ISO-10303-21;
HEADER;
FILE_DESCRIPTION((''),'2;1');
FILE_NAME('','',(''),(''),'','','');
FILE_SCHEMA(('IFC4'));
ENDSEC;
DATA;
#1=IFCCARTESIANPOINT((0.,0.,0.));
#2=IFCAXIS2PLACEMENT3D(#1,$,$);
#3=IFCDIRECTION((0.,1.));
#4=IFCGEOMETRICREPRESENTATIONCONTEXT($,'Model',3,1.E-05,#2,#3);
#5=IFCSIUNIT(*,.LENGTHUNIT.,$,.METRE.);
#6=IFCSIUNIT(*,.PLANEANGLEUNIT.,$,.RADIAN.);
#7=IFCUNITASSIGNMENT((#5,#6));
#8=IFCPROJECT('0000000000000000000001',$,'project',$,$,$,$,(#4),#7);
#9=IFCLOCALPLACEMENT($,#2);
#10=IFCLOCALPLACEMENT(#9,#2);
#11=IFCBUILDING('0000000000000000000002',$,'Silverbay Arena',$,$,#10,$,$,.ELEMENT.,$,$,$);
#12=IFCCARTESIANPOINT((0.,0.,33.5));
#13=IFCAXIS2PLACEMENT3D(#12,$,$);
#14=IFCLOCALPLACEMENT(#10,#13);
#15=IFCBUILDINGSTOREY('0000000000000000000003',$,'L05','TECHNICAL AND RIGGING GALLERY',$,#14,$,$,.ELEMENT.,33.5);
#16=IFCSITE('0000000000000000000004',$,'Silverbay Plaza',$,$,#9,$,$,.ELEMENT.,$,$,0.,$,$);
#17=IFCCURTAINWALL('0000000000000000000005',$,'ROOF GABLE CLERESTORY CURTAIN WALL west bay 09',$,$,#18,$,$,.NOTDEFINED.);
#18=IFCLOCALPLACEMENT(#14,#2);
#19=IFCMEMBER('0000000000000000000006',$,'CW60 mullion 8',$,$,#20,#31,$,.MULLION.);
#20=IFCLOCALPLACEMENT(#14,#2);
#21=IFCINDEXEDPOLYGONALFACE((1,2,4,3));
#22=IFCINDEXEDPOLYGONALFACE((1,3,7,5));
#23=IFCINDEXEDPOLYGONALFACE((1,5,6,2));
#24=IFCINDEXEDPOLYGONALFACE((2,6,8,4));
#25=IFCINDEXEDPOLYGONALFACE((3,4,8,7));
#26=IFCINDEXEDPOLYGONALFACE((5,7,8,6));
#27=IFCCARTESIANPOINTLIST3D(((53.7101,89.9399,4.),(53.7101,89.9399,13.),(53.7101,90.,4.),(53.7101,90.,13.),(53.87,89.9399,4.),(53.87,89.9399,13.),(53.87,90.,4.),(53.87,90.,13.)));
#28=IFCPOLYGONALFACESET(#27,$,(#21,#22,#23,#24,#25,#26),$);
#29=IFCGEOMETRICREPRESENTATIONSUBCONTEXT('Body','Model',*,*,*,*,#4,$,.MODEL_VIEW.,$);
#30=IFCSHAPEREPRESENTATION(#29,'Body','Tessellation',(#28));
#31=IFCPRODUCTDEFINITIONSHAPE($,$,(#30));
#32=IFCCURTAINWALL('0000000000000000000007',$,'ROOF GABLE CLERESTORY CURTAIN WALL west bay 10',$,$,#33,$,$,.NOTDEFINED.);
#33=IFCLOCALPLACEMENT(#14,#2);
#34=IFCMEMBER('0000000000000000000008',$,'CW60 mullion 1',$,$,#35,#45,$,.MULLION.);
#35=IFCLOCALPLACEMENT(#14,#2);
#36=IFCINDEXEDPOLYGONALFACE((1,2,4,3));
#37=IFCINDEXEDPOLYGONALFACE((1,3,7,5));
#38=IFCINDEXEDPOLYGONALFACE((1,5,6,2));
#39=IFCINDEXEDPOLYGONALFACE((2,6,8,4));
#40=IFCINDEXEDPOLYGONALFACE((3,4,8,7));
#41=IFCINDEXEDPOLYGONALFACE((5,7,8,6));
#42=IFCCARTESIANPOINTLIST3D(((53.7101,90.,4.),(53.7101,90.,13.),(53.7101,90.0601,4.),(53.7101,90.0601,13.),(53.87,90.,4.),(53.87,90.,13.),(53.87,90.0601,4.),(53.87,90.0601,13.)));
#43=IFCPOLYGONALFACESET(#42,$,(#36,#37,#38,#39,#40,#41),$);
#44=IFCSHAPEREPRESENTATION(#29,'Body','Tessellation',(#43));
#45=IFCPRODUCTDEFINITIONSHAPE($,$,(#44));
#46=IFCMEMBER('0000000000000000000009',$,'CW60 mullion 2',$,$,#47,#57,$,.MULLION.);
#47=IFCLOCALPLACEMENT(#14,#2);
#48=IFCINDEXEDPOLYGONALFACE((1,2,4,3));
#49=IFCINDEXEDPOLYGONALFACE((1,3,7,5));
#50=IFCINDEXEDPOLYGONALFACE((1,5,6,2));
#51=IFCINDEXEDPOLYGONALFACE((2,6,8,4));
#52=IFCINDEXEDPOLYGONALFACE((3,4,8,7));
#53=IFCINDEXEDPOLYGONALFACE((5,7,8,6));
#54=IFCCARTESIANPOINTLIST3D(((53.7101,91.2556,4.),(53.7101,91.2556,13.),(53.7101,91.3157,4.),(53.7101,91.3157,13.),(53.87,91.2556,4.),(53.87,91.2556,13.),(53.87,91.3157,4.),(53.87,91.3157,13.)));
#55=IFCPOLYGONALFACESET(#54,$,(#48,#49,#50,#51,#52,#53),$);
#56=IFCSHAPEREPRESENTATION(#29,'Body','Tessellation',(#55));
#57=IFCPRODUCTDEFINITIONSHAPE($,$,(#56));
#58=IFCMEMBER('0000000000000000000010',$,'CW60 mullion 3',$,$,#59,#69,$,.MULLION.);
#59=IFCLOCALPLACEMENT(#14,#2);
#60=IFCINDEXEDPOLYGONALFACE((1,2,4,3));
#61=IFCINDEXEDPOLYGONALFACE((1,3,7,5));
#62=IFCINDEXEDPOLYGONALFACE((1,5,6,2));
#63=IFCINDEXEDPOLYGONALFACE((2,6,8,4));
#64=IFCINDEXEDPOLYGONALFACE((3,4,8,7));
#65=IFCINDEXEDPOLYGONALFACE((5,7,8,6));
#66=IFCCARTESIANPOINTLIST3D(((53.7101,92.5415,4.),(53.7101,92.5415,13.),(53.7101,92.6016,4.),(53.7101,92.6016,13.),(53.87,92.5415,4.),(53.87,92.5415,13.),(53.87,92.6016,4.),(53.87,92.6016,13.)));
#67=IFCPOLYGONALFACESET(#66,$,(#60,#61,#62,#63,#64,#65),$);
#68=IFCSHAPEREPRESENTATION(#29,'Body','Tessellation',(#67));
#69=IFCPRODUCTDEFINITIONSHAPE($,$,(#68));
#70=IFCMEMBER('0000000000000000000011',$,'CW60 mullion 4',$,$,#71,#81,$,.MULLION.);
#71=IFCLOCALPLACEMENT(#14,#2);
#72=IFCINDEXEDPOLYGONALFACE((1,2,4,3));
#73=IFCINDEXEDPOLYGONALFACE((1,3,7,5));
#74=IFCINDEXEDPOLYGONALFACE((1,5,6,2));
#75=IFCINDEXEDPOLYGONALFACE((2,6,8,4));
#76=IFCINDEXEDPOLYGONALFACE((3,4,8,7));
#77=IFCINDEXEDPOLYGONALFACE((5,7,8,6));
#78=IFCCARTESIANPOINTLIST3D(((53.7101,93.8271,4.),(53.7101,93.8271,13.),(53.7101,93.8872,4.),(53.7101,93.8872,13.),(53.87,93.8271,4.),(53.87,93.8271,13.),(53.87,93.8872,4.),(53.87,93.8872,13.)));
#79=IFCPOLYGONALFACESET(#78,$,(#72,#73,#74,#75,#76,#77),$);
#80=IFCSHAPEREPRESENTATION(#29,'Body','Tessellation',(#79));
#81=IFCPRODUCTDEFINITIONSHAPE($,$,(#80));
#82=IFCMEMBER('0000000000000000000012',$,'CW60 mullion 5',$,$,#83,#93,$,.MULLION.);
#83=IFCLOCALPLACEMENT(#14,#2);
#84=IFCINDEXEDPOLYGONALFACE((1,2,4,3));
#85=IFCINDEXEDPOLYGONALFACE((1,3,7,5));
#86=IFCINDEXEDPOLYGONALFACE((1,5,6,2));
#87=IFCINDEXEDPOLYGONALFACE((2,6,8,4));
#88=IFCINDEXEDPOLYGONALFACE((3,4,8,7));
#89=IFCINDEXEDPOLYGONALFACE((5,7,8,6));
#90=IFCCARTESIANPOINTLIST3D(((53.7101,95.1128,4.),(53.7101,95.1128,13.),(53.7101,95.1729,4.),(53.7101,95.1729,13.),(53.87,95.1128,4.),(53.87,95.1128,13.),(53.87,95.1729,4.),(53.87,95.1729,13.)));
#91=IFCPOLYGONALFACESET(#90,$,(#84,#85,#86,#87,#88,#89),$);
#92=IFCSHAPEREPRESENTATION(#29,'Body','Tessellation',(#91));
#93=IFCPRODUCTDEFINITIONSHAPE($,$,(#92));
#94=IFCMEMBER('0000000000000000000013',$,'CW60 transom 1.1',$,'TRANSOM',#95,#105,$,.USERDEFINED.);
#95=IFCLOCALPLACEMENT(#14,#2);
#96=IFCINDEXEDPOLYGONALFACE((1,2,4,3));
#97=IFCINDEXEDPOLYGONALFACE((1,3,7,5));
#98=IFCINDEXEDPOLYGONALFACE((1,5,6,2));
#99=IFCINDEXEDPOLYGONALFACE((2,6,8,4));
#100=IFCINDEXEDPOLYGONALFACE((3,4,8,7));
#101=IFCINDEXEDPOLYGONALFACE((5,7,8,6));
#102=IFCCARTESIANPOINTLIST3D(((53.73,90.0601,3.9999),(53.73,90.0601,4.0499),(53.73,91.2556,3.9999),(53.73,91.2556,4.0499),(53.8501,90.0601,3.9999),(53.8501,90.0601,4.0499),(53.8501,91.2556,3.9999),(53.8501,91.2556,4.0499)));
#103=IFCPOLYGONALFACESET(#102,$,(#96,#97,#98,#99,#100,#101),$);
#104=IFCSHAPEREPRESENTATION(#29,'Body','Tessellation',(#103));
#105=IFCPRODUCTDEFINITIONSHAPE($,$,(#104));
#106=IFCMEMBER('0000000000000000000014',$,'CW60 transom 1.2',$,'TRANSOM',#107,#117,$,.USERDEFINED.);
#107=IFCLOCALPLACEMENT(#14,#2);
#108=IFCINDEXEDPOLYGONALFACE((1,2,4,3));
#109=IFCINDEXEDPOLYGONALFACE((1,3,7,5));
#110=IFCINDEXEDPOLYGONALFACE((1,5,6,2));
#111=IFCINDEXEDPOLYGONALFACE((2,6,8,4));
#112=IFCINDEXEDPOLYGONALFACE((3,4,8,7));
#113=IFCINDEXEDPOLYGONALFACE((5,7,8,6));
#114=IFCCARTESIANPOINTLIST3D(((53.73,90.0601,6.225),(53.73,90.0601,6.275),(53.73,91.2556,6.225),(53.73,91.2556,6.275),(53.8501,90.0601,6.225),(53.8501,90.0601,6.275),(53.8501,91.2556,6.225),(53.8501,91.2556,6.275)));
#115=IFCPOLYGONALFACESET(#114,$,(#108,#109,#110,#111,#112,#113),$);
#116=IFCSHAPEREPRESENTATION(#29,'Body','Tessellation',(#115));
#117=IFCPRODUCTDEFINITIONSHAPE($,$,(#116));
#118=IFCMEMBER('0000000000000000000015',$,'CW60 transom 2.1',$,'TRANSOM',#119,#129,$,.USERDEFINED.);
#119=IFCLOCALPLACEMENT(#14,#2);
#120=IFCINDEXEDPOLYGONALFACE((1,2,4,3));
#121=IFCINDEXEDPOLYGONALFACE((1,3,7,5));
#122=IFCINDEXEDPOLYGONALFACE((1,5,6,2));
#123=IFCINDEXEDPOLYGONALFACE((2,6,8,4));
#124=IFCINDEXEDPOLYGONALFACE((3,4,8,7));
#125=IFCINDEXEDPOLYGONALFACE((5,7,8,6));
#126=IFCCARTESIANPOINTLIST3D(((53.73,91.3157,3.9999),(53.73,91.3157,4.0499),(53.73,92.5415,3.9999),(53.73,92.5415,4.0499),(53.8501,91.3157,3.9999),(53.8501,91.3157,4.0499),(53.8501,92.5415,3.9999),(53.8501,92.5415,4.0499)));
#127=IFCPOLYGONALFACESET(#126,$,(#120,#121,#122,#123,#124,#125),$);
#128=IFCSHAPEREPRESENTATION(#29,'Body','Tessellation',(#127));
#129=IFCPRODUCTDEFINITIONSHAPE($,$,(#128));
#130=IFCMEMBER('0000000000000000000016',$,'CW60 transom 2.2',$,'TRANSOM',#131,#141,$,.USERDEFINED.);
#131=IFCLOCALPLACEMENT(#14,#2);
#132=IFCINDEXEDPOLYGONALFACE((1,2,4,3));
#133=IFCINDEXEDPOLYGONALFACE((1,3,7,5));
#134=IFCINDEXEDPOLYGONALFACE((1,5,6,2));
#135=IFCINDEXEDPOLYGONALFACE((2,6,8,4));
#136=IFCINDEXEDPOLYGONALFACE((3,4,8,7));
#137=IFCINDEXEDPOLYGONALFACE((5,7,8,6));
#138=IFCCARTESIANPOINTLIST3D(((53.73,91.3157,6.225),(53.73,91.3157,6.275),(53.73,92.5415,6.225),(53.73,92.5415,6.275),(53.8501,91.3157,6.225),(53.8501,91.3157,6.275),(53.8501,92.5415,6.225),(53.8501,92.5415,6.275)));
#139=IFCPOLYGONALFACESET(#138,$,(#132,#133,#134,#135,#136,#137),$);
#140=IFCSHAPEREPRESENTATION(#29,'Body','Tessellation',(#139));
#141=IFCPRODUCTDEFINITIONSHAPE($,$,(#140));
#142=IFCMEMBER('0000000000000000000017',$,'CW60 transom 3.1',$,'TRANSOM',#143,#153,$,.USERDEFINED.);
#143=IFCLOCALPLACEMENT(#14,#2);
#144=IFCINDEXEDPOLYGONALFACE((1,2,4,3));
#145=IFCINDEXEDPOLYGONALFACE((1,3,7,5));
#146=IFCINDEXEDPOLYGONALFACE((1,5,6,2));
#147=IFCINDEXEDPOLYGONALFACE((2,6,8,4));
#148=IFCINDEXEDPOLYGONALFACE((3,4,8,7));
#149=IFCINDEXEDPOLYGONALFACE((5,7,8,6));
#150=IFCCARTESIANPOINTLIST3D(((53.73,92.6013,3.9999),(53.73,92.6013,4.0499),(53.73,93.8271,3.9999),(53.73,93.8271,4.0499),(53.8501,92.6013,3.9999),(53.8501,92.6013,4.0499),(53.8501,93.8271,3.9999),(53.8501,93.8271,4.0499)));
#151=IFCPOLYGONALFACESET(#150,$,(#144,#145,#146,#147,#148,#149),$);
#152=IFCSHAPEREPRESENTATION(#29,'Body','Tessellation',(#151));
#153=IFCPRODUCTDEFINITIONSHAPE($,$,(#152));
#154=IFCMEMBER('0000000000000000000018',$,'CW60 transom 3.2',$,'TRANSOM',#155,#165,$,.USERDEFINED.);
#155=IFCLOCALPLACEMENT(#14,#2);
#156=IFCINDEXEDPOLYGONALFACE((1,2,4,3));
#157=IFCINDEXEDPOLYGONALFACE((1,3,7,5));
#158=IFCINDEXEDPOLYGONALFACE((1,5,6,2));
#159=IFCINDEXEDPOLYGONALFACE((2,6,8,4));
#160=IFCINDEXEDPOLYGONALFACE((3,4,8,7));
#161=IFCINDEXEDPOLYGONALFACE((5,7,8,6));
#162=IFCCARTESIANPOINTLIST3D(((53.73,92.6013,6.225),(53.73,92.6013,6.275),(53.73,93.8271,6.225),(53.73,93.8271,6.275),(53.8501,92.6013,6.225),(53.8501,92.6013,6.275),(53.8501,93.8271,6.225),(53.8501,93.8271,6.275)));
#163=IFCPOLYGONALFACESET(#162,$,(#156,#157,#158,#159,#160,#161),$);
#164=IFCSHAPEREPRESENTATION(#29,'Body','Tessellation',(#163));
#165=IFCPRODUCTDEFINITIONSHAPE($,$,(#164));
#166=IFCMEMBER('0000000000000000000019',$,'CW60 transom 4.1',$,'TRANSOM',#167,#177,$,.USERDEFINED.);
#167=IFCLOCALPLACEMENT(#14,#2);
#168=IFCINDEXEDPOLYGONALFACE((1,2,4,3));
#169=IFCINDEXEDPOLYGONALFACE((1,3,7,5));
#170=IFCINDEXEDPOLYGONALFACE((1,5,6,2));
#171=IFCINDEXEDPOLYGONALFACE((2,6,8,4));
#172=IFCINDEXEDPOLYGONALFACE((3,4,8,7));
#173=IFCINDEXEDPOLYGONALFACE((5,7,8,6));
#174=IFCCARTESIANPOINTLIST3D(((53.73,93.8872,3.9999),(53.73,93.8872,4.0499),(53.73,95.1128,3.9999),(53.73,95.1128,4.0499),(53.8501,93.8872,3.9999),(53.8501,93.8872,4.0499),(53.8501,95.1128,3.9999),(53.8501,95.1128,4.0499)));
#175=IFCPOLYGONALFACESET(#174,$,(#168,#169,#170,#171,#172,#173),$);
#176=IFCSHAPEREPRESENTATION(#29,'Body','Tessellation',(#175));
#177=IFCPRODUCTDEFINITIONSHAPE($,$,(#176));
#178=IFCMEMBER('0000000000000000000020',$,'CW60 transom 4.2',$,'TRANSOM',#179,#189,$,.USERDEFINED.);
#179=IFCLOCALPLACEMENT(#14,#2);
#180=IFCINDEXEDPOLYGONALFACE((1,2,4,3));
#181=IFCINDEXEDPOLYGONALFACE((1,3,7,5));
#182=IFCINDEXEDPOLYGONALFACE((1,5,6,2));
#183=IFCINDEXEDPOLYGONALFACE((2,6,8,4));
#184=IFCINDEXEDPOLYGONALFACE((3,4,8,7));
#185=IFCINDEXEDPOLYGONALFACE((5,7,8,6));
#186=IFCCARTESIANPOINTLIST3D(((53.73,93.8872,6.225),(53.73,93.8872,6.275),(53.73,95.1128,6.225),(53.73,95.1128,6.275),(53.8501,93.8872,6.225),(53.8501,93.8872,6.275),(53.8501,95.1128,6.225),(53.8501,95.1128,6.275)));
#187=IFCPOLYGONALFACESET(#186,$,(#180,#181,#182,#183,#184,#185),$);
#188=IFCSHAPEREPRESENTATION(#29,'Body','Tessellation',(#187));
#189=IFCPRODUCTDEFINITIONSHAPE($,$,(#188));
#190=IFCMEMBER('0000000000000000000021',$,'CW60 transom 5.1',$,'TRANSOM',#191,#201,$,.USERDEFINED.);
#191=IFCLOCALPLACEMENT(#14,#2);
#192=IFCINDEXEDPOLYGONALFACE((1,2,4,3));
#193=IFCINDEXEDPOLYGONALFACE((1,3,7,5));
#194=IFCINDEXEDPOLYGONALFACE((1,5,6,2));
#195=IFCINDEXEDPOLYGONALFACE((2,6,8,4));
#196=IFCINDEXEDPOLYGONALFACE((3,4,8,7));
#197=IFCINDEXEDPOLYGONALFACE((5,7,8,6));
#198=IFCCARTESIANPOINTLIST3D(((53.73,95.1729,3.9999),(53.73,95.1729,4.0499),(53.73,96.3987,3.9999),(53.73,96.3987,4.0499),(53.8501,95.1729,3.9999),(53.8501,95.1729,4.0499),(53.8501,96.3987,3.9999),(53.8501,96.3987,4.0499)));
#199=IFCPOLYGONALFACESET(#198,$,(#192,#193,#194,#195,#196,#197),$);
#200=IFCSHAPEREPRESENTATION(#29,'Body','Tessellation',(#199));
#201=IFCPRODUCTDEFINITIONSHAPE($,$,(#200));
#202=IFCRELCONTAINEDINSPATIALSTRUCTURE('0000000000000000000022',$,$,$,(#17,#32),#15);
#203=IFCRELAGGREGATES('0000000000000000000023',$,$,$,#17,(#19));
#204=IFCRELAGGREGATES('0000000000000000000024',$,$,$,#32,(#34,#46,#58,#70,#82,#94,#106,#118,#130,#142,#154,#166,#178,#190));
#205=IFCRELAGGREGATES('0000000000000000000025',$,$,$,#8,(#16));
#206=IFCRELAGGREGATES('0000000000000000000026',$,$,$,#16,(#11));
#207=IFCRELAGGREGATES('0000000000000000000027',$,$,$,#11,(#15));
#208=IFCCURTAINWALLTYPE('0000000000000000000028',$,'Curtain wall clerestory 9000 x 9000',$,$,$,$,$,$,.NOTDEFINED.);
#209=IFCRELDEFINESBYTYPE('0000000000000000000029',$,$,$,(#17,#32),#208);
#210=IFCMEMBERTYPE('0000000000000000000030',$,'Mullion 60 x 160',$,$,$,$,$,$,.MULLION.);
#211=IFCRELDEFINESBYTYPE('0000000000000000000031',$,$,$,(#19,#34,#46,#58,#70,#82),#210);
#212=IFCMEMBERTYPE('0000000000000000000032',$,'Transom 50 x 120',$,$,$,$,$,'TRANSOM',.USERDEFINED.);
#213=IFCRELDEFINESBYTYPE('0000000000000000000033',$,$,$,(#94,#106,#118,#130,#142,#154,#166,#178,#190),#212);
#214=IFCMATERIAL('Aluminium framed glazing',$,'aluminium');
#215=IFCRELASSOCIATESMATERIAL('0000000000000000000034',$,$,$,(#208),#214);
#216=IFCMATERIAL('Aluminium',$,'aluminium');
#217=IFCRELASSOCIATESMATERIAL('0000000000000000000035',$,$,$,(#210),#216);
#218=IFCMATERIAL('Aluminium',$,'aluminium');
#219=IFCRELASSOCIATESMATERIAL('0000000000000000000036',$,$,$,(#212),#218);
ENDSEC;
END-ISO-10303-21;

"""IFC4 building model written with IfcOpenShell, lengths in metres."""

from ifc_helpers import new_model, si_unit, direction, frame, origin, origin_2d, place, context, subcontext, project, spatial, rectangle, extrude, material, material_profile, profile_set, type_object, element, aggregate, save


model = new_model("IFC4")

# Units and contexts
model_context = context("Model", 3, precision=1e-05, world=origin(), true_north=direction((0.0, 1.0)))
body_context = subcontext(model_context, "Body", "Model", "MODEL_VIEW")
ifc_project = project(units=[si_unit("LENGTHUNIT", "METRE"), si_unit("PLANEANGLEUNIT", "RADIAN")], contexts=[model_context])

# Site, building, storey
site_placement = place(None, origin())
site = spatial("IfcSite", under=ifc_project, at=site_placement, Name="Silverbay Plaza", CompositionType="ELEMENT", RefElevation=0.0)
building_placement = place(site_placement, origin())
building = spatial("IfcBuilding", under=site, at=building_placement, Name="Silverbay Arena", CompositionType="ELEMENT")
storey_placement = place(building_placement, frame((0.0, 0.0, 33.5)))
storey = spatial("IfcBuildingStorey", under=building, at=storey_placement, Name="L05", Description="TECHNICAL AND RIGGING GALLERY", CompositionType="ELEMENT", Elevation=33.5)

# Curtain wall, member
ifc_material_1 = material(Name="Aluminium framed glazing", Category="aluminium")
curtain_wall_type = type_object("IfcCurtainWallType", Name="Curtain wall clerestory 9000 x 9000", PredefinedType="NOTDEFINED", material=ifc_material_1)
curtain_wall_1_placement = place(storey_placement, origin())
curtain_wall_1 = element("IfcCurtainWall", 1, at=curtain_wall_1_placement, inside=storey, type_object=curtain_wall_type, Name="ROOF GABLE CLERESTORY CURTAIN WALL west bay 09", PredefinedType="NOTDEFINED")
ifc_material_2 = material(Name="Aluminium", Category="aluminium")
ifc_material_profile_1 = material_profile(ifc_material_2, rectangle(XDim=0.1599, YDim=0.0601, at=origin_2d()), Name="Mullion 60 x 160")
ifc_profile_set_1 = profile_set([ifc_material_profile_1], Name="Aluminium")
member_type_1 = type_object("IfcMemberType", Name="Mullion 60 x 160", PredefinedType="MULLION", material=ifc_profile_set_1)
member_1_placement = place(storey_placement, frame((53.79, 89.97, 4.0), z_axis=(0.0, 0.0, 1.0), x_axis=(-1.0, 0.0, 0.0)))
member_1 = element("IfcMember", 2, at=member_1_placement, type_object=member_type_1, Name="CW60 mullion 8", PredefinedType="MULLION", context=body_context, shape_type="SweptSolid", body=[
    extrude(rectangle(XDim=0.1599, YDim=0.0601, at=origin_2d()), origin(), (0.0, 0.0, 1.0), 9.0),
])

# Curtain wall, members
curtain_wall_2_placement = place(storey_placement, origin())
curtain_wall_2 = element("IfcCurtainWall", 3, at=curtain_wall_2_placement, inside=storey, type_object=curtain_wall_type, Name="ROOF GABLE CLERESTORY CURTAIN WALL west bay 10", PredefinedType="NOTDEFINED")
member_2_placement = place(storey_placement, frame((53.79, 90.03, 4.0), z_axis=(0.0, 0.0, 1.0), x_axis=(-1.0, 0.0, 0.0)))
member_2 = element("IfcMember", 4, at=member_2_placement, type_object=member_type_1, Name="CW60 mullion 1", PredefinedType="MULLION", context=body_context, shape_type="SweptSolid", body=[
    extrude(rectangle(XDim=0.1599, YDim=0.0601, at=origin_2d()), origin(), (0.0, 0.0, 1.0), 9.0),
])
member_3_placement = place(storey_placement, frame((53.79, 91.2856, 4.0), z_axis=(0.0, 0.0, 1.0), x_axis=(-1.0, 0.0, 0.0)))
member_3 = element("IfcMember", 5, at=member_3_placement, type_object=member_type_1, Name="CW60 mullion 2", PredefinedType="MULLION", context=body_context, shape_type="SweptSolid", body=[
    extrude(rectangle(XDim=0.1599, YDim=0.0601, at=origin_2d()), origin(), (0.0, 0.0, 1.0), 9.0),
])
member_4_placement = place(storey_placement, frame((53.79, 92.5715, 4.0), z_axis=(0.0, 0.0, 1.0), x_axis=(-1.0, 0.0, 0.0)))
member_4 = element("IfcMember", 6, at=member_4_placement, type_object=member_type_1, Name="CW60 mullion 3", PredefinedType="MULLION", context=body_context, shape_type="SweptSolid", body=[
    extrude(rectangle(XDim=0.1599, YDim=0.0601, at=origin_2d()), origin(), (0.0, 0.0, 1.0), 9.0),
])
member_5_placement = place(storey_placement, frame((53.79, 93.8572, 4.0), z_axis=(0.0, 0.0, 1.0), x_axis=(-1.0, 0.0, 0.0)))
member_5 = element("IfcMember", 7, at=member_5_placement, type_object=member_type_1, Name="CW60 mullion 4", PredefinedType="MULLION", context=body_context, shape_type="SweptSolid", body=[
    extrude(rectangle(XDim=0.1599, YDim=0.0601, at=origin_2d()), origin(), (0.0, 0.0, 1.0), 9.0),
])
member_6_placement = place(storey_placement, frame((53.79, 95.1428, 4.0), z_axis=(0.0, 0.0, 1.0), x_axis=(-1.0, 0.0, 0.0)))
member_6 = element("IfcMember", 8, at=member_6_placement, type_object=member_type_1, Name="CW60 mullion 5", PredefinedType="MULLION", context=body_context, shape_type="SweptSolid", body=[
    extrude(rectangle(XDim=0.1599, YDim=0.0601, at=origin_2d()), origin(), (0.0, 0.0, 1.0), 9.0),
])
ifc_material_3 = material(Name="Aluminium", Category="aluminium")
ifc_material_profile_2 = material_profile(ifc_material_3, rectangle(XDim=0.1201, YDim=0.05, at=origin_2d()), Name="Transom 50 x 120")
ifc_profile_set_2 = profile_set([ifc_material_profile_2], Name="Aluminium")
member_type_2 = type_object("IfcMemberType", Name="Transom 50 x 120", ElementType="TRANSOM", PredefinedType="USERDEFINED", material=ifc_profile_set_2)
member_7_placement = place(storey_placement, frame((53.79, 90.0601, 4.0249), z_axis=(0.0, 1.0, 0.0), x_axis=(-1.0, 0.0, 0.0)))
member_7 = element("IfcMember", 9, at=member_7_placement, type_object=member_type_2, Name="CW60 transom 1.1", ObjectType="TRANSOM", PredefinedType="USERDEFINED", context=body_context, shape_type="SweptSolid", body=[
    extrude(rectangle(XDim=0.1201, YDim=0.05, at=origin_2d()), origin(), (0.0, 0.0, 1.0), 1.1956),
])
member_8_placement = place(storey_placement, frame((53.79, 90.0601, 6.25), z_axis=(0.0, 1.0, 0.0), x_axis=(-1.0, 0.0, 0.0)))
member_8 = element("IfcMember", 10, at=member_8_placement, type_object=member_type_2, Name="CW60 transom 1.2", ObjectType="TRANSOM", PredefinedType="USERDEFINED", context=body_context, shape_type="SweptSolid", body=[
    extrude(rectangle(XDim=0.1201, YDim=0.05, at=origin_2d()), origin(), (0.0, 0.0, 1.0), 1.1956),
])
member_9_placement = place(storey_placement, frame((53.79, 91.3157, 4.0249), z_axis=(0.0, 1.0, 0.0), x_axis=(-1.0, 0.0, 0.0)))
member_9 = element("IfcMember", 11, at=member_9_placement, type_object=member_type_2, Name="CW60 transom 2.1", ObjectType="TRANSOM", PredefinedType="USERDEFINED", context=body_context, shape_type="SweptSolid", body=[
    extrude(rectangle(XDim=0.1201, YDim=0.05, at=origin_2d()), origin(), (0.0, 0.0, 1.0), 1.2258),
])
member_10_placement = place(storey_placement, frame((53.79, 91.3157, 6.25), z_axis=(0.0, 1.0, 0.0), x_axis=(-1.0, 0.0, 0.0)))
member_10 = element("IfcMember", 12, at=member_10_placement, type_object=member_type_2, Name="CW60 transom 2.2", ObjectType="TRANSOM", PredefinedType="USERDEFINED", context=body_context, shape_type="SweptSolid", body=[
    extrude(rectangle(XDim=0.1201, YDim=0.05, at=origin_2d()), origin(), (0.0, 0.0, 1.0), 1.2258),
])
member_11_placement = place(storey_placement, frame((53.79, 92.6013, 4.0249), z_axis=(0.0, 1.0, 0.0), x_axis=(-1.0, 0.0, 0.0)))
member_11 = element("IfcMember", 13, at=member_11_placement, type_object=member_type_2, Name="CW60 transom 3.1", ObjectType="TRANSOM", PredefinedType="USERDEFINED", context=body_context, shape_type="SweptSolid", body=[
    extrude(rectangle(XDim=0.1201, YDim=0.05, at=origin_2d()), origin(), (0.0, 0.0, 1.0), 1.2258),
])
member_12_placement = place(storey_placement, frame((53.79, 92.6013, 6.25), z_axis=(0.0, 1.0, 0.0), x_axis=(-1.0, 0.0, 0.0)))
member_12 = element("IfcMember", 14, at=member_12_placement, type_object=member_type_2, Name="CW60 transom 3.2", ObjectType="TRANSOM", PredefinedType="USERDEFINED", context=body_context, shape_type="SweptSolid", body=[
    extrude(rectangle(XDim=0.1201, YDim=0.05, at=origin_2d()), origin(), (0.0, 0.0, 1.0), 1.2258),
])
member_13_placement = place(storey_placement, frame((53.79, 93.8872, 4.0249), z_axis=(0.0, 1.0, 0.0), x_axis=(-1.0, 0.0, 0.0)))
member_13 = element("IfcMember", 15, at=member_13_placement, type_object=member_type_2, Name="CW60 transom 4.1", ObjectType="TRANSOM", PredefinedType="USERDEFINED", context=body_context, shape_type="SweptSolid", body=[
    extrude(rectangle(XDim=0.1201, YDim=0.05, at=origin_2d()), origin(), (0.0, 0.0, 1.0), 1.2256),
])
member_14_placement = place(storey_placement, frame((53.79, 93.8872, 6.25), z_axis=(0.0, 1.0, 0.0), x_axis=(-1.0, 0.0, 0.0)))
member_14 = element("IfcMember", 16, at=member_14_placement, type_object=member_type_2, Name="CW60 transom 4.2", ObjectType="TRANSOM", PredefinedType="USERDEFINED", context=body_context, shape_type="SweptSolid", body=[
    extrude(rectangle(XDim=0.1201, YDim=0.05, at=origin_2d()), origin(), (0.0, 0.0, 1.0), 1.2256),
])
member_15_placement = place(storey_placement, frame((53.79, 95.1729, 4.0249), z_axis=(0.0, 1.0, 0.0), x_axis=(-1.0, 0.0, 0.0)))
member_15 = element("IfcMember", 17, at=member_15_placement, type_object=member_type_2, Name="CW60 transom 5.1", ObjectType="TRANSOM", PredefinedType="USERDEFINED", context=body_context, shape_type="SweptSolid", body=[
    extrude(rectangle(XDim=0.1201, YDim=0.05, at=origin_2d()), origin(), (0.0, 0.0, 1.0), 1.2258),
])

aggregate(curtain_wall_1, [member_1])
aggregate(curtain_wall_2, [member_2, member_3, member_4, member_5, member_6, member_7, member_8, member_9, member_10, member_11, member_12, member_13, member_14, member_15])

save(model, "model.ifc")
